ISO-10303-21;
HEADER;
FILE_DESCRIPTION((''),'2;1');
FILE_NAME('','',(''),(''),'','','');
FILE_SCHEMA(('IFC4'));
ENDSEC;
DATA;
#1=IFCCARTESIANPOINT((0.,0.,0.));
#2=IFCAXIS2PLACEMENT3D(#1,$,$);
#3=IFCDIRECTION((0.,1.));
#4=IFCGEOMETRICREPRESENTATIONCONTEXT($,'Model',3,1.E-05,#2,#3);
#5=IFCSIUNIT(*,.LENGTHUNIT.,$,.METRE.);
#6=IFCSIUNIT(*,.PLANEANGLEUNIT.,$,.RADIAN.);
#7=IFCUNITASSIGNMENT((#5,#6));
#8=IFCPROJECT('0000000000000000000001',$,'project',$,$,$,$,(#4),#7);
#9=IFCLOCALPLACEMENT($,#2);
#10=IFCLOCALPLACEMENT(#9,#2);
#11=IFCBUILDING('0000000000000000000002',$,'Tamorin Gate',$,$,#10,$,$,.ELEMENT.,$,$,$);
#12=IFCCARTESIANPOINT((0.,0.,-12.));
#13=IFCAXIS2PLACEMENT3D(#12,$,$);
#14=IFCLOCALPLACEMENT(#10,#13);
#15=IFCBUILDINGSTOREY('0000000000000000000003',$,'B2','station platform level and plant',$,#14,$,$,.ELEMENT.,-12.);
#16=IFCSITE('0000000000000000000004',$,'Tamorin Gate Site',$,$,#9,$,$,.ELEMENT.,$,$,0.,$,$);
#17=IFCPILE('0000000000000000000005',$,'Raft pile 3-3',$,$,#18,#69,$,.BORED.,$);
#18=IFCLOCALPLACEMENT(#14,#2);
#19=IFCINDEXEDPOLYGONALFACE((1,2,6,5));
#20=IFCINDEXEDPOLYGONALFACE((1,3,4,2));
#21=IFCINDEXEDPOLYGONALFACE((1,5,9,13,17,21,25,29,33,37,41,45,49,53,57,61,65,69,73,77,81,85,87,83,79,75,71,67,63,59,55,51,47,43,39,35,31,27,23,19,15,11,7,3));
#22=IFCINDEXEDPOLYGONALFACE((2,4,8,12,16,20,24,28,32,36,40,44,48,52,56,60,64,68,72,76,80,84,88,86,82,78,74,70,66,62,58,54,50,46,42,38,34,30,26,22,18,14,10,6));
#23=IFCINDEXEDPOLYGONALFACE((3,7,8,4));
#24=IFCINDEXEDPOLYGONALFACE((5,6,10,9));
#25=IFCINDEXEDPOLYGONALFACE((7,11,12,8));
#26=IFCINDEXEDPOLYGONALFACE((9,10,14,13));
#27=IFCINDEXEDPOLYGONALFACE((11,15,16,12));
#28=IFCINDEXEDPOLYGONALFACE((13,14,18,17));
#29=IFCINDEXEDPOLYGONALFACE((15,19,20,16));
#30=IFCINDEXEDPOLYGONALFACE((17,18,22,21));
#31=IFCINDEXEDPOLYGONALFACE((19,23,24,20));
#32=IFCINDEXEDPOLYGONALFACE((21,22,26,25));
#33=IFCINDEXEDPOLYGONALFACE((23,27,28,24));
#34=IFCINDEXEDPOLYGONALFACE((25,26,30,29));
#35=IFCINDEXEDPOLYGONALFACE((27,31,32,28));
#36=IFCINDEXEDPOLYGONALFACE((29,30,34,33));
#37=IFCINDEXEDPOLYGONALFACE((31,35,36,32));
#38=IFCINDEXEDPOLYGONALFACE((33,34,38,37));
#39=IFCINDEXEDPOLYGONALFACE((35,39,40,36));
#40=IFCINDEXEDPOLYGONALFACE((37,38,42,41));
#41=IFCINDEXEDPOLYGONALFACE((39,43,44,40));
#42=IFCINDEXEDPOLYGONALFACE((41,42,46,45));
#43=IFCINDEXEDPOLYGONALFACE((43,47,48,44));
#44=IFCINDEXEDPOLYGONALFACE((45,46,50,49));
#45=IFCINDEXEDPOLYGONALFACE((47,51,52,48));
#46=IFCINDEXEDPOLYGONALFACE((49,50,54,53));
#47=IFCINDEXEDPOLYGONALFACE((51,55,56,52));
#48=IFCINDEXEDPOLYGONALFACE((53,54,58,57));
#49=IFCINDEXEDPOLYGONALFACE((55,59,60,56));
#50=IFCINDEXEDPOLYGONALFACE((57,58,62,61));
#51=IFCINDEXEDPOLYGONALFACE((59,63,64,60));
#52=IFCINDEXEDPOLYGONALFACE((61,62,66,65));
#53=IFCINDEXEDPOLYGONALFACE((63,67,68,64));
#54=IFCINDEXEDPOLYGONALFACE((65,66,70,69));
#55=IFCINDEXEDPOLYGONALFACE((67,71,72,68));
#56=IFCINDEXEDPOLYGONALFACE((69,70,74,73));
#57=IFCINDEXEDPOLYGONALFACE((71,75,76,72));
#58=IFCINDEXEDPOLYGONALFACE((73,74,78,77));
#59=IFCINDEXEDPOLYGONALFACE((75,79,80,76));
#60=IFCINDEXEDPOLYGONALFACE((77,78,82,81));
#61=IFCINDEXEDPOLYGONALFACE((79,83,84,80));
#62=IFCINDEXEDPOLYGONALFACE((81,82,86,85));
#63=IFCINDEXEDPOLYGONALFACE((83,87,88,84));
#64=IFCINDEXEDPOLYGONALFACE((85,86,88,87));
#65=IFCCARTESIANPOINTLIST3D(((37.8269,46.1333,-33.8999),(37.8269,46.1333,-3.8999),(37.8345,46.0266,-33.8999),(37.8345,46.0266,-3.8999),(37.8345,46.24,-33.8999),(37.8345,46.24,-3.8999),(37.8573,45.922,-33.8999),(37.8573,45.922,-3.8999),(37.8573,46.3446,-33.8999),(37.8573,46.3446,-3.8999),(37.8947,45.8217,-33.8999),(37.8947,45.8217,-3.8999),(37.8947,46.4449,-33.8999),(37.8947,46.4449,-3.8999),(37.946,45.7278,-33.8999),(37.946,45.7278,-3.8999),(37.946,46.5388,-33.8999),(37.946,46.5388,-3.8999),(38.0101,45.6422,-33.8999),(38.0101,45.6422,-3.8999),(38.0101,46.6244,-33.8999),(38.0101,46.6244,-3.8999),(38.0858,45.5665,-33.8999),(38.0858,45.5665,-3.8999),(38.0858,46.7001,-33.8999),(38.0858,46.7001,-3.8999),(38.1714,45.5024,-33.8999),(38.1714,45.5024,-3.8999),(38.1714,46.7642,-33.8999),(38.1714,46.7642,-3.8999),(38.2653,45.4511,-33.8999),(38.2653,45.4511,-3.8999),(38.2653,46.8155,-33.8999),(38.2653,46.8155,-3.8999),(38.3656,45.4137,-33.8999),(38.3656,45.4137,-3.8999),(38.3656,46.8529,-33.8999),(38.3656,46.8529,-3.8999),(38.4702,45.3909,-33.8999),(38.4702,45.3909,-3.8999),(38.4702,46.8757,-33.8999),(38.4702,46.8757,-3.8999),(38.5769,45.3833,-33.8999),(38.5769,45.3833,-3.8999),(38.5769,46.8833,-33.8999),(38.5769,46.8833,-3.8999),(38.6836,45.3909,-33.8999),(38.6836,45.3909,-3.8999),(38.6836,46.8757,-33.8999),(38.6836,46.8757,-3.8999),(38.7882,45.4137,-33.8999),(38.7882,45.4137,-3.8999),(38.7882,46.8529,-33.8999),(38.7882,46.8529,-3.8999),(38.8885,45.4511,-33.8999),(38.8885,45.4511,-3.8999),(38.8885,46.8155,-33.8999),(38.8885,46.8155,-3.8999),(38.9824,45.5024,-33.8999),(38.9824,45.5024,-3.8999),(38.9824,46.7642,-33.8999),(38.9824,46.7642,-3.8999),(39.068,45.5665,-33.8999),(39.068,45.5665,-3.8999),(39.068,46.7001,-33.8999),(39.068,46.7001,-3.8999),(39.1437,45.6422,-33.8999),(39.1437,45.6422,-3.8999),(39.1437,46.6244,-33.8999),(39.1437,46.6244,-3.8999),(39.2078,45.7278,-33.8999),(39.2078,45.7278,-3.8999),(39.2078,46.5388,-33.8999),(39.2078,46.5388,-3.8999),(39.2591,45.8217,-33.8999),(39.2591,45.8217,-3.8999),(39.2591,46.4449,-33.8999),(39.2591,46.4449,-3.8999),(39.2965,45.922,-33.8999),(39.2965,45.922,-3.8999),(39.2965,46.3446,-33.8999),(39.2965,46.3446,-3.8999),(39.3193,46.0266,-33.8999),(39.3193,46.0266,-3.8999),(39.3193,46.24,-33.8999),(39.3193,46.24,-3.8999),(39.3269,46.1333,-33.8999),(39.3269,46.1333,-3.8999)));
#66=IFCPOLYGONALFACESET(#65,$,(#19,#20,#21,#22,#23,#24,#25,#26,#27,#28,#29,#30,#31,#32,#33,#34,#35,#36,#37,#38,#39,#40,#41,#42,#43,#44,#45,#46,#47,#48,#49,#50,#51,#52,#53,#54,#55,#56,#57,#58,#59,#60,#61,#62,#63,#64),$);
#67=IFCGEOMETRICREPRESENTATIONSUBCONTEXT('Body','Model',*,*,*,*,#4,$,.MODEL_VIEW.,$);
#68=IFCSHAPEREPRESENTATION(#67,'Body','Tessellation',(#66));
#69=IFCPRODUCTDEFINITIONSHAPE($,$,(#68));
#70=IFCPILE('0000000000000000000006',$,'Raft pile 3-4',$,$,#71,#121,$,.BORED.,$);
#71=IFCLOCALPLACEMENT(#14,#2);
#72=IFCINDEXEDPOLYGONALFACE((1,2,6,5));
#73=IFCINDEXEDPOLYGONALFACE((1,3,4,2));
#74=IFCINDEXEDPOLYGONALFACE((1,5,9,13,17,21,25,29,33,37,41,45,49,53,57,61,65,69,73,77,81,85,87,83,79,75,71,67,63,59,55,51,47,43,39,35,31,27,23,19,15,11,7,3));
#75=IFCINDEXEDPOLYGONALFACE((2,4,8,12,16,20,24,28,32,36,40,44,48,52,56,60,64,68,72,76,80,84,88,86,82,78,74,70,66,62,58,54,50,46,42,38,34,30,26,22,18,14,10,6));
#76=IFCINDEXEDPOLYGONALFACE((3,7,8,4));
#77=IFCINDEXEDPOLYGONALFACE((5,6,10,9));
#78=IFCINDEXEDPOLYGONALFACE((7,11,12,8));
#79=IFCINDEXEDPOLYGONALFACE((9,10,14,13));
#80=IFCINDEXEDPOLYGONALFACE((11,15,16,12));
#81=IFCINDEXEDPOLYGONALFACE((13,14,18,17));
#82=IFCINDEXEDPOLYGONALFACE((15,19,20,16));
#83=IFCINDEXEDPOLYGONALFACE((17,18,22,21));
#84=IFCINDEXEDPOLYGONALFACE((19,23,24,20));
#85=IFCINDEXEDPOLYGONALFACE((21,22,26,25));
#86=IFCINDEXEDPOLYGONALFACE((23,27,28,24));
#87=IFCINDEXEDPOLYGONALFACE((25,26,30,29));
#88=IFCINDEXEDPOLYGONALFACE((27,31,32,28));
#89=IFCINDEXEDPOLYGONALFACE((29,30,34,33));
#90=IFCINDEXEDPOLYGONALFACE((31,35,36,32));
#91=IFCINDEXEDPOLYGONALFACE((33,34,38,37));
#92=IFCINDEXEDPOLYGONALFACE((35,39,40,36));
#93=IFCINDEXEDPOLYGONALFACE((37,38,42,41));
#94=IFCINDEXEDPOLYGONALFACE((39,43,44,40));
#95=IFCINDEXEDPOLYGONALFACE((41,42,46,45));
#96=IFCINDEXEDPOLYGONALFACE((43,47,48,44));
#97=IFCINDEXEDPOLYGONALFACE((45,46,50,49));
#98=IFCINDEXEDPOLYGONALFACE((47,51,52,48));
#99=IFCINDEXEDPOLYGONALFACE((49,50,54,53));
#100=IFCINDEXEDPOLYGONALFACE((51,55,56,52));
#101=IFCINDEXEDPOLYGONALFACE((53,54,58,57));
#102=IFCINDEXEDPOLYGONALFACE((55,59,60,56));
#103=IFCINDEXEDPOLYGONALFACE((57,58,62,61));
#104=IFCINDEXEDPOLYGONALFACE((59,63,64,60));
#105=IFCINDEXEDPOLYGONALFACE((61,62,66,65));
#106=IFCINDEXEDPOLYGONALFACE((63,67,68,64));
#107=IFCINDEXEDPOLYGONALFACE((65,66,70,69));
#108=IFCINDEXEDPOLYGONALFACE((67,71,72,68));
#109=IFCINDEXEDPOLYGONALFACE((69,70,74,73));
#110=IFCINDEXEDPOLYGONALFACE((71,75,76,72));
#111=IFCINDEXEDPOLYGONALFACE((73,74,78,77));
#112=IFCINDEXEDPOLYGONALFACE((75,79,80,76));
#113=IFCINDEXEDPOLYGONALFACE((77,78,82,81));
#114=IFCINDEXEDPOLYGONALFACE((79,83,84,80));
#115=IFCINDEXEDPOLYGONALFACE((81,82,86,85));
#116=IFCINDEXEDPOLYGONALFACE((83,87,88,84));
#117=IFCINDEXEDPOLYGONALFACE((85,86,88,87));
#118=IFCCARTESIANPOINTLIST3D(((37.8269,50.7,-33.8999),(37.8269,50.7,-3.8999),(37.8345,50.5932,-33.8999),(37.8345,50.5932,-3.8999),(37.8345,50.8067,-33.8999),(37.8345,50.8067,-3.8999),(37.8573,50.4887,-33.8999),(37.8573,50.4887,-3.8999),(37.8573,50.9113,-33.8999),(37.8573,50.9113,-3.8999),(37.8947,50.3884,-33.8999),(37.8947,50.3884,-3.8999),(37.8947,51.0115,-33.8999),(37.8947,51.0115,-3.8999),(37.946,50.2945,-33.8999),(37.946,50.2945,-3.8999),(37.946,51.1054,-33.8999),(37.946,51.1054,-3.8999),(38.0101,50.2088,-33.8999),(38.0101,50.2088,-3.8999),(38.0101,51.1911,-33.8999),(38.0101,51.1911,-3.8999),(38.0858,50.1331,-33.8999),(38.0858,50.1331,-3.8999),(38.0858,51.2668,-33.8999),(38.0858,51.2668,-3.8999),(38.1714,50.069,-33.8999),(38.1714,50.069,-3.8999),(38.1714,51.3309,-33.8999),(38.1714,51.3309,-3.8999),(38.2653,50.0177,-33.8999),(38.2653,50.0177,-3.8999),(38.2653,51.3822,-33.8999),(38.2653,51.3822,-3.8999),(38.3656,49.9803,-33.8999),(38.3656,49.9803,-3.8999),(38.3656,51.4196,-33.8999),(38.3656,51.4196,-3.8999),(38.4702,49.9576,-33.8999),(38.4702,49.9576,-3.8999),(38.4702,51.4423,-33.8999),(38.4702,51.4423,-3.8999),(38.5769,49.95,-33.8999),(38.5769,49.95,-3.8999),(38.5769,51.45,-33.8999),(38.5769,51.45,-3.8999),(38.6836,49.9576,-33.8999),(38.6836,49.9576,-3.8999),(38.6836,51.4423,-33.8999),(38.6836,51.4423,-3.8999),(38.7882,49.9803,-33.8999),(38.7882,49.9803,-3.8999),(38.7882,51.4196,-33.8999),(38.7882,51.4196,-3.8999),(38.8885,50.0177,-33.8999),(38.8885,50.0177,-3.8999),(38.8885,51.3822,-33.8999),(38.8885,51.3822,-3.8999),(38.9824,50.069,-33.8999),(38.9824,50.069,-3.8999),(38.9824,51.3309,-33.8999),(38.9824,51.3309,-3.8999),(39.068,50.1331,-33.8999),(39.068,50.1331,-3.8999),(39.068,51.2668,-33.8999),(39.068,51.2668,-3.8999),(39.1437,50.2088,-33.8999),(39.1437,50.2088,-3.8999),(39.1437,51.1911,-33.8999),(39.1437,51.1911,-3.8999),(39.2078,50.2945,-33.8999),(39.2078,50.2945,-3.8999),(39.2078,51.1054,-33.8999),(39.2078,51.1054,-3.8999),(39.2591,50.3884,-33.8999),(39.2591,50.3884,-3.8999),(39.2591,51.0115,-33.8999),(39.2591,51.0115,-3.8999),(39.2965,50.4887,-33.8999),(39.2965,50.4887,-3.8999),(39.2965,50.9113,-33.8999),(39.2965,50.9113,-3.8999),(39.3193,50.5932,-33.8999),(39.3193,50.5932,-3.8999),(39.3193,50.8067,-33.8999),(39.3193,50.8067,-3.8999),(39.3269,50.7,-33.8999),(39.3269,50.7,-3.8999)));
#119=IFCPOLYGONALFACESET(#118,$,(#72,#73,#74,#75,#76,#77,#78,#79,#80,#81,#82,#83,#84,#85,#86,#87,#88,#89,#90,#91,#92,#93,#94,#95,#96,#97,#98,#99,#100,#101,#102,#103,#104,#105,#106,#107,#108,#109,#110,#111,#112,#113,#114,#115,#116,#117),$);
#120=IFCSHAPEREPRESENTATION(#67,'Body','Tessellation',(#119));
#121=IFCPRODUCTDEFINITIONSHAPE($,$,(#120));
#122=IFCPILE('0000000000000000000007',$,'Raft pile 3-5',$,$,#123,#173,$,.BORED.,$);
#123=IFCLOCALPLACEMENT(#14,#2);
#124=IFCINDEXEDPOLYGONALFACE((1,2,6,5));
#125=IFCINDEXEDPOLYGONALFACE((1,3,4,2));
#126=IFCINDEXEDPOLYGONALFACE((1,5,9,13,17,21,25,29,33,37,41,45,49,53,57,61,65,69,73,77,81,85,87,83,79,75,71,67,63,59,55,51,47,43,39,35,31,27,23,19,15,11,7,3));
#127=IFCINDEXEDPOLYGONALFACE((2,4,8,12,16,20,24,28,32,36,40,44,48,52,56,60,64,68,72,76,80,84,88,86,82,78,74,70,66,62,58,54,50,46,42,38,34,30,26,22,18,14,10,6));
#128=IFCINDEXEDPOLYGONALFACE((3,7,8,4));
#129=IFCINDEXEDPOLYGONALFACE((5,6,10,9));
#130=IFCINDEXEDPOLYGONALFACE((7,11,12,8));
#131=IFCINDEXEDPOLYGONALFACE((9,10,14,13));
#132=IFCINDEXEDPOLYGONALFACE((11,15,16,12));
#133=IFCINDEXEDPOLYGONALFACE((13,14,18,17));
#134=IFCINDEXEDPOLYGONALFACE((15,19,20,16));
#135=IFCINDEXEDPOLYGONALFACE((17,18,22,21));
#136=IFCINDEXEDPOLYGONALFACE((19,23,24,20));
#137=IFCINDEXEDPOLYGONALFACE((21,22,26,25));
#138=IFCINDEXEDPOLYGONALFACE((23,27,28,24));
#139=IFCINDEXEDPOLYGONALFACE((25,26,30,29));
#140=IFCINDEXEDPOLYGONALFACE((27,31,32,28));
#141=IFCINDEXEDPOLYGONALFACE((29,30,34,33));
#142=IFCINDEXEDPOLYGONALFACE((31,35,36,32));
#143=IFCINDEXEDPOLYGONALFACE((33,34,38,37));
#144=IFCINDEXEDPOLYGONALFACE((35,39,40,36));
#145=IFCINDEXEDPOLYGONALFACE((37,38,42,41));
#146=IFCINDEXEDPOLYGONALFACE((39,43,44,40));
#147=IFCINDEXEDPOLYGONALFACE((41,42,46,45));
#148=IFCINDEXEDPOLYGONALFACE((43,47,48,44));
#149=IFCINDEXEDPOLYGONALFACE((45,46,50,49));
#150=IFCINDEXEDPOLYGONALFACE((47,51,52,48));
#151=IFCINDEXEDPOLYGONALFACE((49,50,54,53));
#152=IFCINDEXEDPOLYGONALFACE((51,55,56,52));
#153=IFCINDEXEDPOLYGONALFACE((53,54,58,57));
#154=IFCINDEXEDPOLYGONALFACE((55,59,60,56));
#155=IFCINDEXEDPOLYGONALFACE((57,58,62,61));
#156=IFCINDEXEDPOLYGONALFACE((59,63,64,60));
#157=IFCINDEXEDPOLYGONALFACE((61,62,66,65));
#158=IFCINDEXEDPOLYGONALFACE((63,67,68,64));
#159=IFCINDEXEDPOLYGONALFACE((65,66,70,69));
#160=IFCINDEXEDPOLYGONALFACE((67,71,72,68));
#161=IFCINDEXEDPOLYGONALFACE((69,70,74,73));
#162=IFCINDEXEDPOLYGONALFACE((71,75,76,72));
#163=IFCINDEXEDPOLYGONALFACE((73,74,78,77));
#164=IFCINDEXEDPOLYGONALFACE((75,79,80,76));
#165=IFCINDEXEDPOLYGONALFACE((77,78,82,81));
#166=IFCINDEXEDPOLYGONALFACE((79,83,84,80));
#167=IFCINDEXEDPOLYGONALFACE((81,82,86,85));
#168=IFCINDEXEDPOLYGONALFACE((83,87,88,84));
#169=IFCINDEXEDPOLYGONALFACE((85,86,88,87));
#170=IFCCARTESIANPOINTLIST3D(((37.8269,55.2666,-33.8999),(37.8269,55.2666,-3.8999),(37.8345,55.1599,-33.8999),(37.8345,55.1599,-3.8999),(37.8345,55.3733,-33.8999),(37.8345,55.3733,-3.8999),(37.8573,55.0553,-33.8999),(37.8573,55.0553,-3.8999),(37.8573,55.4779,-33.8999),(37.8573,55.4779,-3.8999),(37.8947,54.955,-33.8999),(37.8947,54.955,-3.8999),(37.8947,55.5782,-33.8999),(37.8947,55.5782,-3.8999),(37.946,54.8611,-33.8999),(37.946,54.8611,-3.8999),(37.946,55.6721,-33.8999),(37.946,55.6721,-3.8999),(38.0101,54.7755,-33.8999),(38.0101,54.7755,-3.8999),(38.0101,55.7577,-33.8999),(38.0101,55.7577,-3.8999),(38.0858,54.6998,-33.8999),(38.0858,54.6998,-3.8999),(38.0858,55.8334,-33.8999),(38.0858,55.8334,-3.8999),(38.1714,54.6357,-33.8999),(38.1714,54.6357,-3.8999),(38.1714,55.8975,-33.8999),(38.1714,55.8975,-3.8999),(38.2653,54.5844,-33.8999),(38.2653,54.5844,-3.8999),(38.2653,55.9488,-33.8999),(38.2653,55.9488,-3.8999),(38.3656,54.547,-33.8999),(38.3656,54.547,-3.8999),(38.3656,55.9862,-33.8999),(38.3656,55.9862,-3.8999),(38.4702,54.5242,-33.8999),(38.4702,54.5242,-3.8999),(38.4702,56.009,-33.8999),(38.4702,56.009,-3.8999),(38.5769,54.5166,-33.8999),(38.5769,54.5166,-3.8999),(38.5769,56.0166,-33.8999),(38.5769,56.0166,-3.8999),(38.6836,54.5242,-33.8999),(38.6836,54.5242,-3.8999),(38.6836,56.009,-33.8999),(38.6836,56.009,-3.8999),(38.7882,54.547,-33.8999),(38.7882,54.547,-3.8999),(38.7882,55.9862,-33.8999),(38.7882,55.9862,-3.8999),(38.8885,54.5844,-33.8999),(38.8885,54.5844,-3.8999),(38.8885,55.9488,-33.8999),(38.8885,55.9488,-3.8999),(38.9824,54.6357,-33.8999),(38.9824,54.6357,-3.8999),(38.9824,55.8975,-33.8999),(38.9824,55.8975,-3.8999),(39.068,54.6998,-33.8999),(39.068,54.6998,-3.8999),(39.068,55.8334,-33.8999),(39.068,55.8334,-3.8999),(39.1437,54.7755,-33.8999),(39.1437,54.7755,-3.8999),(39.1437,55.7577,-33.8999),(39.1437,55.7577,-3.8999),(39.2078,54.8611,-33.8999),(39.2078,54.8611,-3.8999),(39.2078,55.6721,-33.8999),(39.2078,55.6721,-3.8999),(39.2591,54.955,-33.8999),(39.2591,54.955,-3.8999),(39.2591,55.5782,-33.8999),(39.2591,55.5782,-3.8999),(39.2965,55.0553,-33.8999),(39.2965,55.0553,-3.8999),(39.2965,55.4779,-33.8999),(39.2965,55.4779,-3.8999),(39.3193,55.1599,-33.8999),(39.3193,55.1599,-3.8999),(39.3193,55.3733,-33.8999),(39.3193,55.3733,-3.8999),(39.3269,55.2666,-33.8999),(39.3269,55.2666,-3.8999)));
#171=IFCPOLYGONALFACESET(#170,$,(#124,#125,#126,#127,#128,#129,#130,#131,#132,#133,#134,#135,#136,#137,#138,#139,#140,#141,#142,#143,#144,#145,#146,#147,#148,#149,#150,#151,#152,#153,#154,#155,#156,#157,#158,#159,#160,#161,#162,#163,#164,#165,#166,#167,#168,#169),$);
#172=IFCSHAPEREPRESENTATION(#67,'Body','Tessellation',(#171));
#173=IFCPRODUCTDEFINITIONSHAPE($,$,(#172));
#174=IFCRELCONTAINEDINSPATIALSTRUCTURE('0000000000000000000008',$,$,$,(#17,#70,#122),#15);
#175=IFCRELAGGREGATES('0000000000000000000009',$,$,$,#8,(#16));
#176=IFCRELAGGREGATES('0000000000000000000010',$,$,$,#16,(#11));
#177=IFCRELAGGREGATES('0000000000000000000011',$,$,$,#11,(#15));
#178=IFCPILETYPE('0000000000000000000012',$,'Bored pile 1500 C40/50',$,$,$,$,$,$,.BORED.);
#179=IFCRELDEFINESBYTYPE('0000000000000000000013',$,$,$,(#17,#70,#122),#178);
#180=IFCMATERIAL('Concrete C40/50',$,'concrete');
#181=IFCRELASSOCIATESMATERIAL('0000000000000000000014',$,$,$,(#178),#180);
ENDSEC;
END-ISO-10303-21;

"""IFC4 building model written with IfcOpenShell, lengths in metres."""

from ifc_helpers import new_model, si_unit, direction, frame, origin, origin_2d, place, context, subcontext, project, spatial, circle, extrude, material, material_profile, profile_set, type_object, element, save


model = new_model("IFC4")

# Units and contexts
model_context = context("Model", 3, precision=1e-05, world=origin(), true_north=direction((0.0, 1.0)))
body_context = subcontext(model_context, "Body", "Model", "MODEL_VIEW")
ifc_project = project(units=[si_unit("LENGTHUNIT", "METRE"), si_unit("PLANEANGLEUNIT", "RADIAN")], contexts=[model_context])

# Site, building, storey
site_placement = place(None, origin())
site = spatial("IfcSite", under=ifc_project, at=site_placement, Name="Tamorin Gate Site", CompositionType="ELEMENT", RefElevation=0.0)
building_placement = place(site_placement, origin())
building = spatial("IfcBuilding", under=site, at=building_placement, Name="Tamorin Gate", CompositionType="ELEMENT")
storey_placement = place(building_placement, frame((0.0, 0.0, -12.0)))
storey = spatial("IfcBuildingStorey", under=building, at=storey_placement, Name="B2", Description="station platform level and plant", CompositionType="ELEMENT", Elevation=-12.0)

# Piles
ifc_material_1 = material(Name="Concrete C40/50", Category="concrete")
ifc_material_profile_1 = material_profile(ifc_material_1, circle(Radius=0.75, at=origin_2d()))
ifc_profile_set_1 = profile_set([ifc_material_profile_1], Name="Concrete C40/50")
pile_type = type_object("IfcPileType", Name="Bored pile 1500 C40/50", PredefinedType="BORED", material=ifc_profile_set_1)
for number, where, z_axis, x_axis, name in (
    (1, (38.5769, 46.1333, -3.8999), (0.0, 0.0, -1.0), (1.0, 0.0, 0.0), "Raft pile 3-3"),
    (2, (38.5769, 50.7, -3.8999), (0.0, 0.0, -1.0), (1.0, 0.0, 0.0), "Raft pile 3-4"),
    (3, (38.5769, 55.2666, -3.8999), (0.0, 0.0, -1.0), (1.0, 0.0, 0.0), "Raft pile 3-5"),
):
    element("IfcPile", number, at=place(storey_placement, frame(where, z_axis=z_axis, x_axis=x_axis)), inside=storey, type_object=pile_type, Name=name, PredefinedType="BORED", context=body_context, shape_type="SweptSolid", body=[
        extrude(circle(Radius=0.75, at=origin_2d()), origin(), (0.0, 0.0, 1.0), 30.0),
    ])

save(model, "model.ifc")
